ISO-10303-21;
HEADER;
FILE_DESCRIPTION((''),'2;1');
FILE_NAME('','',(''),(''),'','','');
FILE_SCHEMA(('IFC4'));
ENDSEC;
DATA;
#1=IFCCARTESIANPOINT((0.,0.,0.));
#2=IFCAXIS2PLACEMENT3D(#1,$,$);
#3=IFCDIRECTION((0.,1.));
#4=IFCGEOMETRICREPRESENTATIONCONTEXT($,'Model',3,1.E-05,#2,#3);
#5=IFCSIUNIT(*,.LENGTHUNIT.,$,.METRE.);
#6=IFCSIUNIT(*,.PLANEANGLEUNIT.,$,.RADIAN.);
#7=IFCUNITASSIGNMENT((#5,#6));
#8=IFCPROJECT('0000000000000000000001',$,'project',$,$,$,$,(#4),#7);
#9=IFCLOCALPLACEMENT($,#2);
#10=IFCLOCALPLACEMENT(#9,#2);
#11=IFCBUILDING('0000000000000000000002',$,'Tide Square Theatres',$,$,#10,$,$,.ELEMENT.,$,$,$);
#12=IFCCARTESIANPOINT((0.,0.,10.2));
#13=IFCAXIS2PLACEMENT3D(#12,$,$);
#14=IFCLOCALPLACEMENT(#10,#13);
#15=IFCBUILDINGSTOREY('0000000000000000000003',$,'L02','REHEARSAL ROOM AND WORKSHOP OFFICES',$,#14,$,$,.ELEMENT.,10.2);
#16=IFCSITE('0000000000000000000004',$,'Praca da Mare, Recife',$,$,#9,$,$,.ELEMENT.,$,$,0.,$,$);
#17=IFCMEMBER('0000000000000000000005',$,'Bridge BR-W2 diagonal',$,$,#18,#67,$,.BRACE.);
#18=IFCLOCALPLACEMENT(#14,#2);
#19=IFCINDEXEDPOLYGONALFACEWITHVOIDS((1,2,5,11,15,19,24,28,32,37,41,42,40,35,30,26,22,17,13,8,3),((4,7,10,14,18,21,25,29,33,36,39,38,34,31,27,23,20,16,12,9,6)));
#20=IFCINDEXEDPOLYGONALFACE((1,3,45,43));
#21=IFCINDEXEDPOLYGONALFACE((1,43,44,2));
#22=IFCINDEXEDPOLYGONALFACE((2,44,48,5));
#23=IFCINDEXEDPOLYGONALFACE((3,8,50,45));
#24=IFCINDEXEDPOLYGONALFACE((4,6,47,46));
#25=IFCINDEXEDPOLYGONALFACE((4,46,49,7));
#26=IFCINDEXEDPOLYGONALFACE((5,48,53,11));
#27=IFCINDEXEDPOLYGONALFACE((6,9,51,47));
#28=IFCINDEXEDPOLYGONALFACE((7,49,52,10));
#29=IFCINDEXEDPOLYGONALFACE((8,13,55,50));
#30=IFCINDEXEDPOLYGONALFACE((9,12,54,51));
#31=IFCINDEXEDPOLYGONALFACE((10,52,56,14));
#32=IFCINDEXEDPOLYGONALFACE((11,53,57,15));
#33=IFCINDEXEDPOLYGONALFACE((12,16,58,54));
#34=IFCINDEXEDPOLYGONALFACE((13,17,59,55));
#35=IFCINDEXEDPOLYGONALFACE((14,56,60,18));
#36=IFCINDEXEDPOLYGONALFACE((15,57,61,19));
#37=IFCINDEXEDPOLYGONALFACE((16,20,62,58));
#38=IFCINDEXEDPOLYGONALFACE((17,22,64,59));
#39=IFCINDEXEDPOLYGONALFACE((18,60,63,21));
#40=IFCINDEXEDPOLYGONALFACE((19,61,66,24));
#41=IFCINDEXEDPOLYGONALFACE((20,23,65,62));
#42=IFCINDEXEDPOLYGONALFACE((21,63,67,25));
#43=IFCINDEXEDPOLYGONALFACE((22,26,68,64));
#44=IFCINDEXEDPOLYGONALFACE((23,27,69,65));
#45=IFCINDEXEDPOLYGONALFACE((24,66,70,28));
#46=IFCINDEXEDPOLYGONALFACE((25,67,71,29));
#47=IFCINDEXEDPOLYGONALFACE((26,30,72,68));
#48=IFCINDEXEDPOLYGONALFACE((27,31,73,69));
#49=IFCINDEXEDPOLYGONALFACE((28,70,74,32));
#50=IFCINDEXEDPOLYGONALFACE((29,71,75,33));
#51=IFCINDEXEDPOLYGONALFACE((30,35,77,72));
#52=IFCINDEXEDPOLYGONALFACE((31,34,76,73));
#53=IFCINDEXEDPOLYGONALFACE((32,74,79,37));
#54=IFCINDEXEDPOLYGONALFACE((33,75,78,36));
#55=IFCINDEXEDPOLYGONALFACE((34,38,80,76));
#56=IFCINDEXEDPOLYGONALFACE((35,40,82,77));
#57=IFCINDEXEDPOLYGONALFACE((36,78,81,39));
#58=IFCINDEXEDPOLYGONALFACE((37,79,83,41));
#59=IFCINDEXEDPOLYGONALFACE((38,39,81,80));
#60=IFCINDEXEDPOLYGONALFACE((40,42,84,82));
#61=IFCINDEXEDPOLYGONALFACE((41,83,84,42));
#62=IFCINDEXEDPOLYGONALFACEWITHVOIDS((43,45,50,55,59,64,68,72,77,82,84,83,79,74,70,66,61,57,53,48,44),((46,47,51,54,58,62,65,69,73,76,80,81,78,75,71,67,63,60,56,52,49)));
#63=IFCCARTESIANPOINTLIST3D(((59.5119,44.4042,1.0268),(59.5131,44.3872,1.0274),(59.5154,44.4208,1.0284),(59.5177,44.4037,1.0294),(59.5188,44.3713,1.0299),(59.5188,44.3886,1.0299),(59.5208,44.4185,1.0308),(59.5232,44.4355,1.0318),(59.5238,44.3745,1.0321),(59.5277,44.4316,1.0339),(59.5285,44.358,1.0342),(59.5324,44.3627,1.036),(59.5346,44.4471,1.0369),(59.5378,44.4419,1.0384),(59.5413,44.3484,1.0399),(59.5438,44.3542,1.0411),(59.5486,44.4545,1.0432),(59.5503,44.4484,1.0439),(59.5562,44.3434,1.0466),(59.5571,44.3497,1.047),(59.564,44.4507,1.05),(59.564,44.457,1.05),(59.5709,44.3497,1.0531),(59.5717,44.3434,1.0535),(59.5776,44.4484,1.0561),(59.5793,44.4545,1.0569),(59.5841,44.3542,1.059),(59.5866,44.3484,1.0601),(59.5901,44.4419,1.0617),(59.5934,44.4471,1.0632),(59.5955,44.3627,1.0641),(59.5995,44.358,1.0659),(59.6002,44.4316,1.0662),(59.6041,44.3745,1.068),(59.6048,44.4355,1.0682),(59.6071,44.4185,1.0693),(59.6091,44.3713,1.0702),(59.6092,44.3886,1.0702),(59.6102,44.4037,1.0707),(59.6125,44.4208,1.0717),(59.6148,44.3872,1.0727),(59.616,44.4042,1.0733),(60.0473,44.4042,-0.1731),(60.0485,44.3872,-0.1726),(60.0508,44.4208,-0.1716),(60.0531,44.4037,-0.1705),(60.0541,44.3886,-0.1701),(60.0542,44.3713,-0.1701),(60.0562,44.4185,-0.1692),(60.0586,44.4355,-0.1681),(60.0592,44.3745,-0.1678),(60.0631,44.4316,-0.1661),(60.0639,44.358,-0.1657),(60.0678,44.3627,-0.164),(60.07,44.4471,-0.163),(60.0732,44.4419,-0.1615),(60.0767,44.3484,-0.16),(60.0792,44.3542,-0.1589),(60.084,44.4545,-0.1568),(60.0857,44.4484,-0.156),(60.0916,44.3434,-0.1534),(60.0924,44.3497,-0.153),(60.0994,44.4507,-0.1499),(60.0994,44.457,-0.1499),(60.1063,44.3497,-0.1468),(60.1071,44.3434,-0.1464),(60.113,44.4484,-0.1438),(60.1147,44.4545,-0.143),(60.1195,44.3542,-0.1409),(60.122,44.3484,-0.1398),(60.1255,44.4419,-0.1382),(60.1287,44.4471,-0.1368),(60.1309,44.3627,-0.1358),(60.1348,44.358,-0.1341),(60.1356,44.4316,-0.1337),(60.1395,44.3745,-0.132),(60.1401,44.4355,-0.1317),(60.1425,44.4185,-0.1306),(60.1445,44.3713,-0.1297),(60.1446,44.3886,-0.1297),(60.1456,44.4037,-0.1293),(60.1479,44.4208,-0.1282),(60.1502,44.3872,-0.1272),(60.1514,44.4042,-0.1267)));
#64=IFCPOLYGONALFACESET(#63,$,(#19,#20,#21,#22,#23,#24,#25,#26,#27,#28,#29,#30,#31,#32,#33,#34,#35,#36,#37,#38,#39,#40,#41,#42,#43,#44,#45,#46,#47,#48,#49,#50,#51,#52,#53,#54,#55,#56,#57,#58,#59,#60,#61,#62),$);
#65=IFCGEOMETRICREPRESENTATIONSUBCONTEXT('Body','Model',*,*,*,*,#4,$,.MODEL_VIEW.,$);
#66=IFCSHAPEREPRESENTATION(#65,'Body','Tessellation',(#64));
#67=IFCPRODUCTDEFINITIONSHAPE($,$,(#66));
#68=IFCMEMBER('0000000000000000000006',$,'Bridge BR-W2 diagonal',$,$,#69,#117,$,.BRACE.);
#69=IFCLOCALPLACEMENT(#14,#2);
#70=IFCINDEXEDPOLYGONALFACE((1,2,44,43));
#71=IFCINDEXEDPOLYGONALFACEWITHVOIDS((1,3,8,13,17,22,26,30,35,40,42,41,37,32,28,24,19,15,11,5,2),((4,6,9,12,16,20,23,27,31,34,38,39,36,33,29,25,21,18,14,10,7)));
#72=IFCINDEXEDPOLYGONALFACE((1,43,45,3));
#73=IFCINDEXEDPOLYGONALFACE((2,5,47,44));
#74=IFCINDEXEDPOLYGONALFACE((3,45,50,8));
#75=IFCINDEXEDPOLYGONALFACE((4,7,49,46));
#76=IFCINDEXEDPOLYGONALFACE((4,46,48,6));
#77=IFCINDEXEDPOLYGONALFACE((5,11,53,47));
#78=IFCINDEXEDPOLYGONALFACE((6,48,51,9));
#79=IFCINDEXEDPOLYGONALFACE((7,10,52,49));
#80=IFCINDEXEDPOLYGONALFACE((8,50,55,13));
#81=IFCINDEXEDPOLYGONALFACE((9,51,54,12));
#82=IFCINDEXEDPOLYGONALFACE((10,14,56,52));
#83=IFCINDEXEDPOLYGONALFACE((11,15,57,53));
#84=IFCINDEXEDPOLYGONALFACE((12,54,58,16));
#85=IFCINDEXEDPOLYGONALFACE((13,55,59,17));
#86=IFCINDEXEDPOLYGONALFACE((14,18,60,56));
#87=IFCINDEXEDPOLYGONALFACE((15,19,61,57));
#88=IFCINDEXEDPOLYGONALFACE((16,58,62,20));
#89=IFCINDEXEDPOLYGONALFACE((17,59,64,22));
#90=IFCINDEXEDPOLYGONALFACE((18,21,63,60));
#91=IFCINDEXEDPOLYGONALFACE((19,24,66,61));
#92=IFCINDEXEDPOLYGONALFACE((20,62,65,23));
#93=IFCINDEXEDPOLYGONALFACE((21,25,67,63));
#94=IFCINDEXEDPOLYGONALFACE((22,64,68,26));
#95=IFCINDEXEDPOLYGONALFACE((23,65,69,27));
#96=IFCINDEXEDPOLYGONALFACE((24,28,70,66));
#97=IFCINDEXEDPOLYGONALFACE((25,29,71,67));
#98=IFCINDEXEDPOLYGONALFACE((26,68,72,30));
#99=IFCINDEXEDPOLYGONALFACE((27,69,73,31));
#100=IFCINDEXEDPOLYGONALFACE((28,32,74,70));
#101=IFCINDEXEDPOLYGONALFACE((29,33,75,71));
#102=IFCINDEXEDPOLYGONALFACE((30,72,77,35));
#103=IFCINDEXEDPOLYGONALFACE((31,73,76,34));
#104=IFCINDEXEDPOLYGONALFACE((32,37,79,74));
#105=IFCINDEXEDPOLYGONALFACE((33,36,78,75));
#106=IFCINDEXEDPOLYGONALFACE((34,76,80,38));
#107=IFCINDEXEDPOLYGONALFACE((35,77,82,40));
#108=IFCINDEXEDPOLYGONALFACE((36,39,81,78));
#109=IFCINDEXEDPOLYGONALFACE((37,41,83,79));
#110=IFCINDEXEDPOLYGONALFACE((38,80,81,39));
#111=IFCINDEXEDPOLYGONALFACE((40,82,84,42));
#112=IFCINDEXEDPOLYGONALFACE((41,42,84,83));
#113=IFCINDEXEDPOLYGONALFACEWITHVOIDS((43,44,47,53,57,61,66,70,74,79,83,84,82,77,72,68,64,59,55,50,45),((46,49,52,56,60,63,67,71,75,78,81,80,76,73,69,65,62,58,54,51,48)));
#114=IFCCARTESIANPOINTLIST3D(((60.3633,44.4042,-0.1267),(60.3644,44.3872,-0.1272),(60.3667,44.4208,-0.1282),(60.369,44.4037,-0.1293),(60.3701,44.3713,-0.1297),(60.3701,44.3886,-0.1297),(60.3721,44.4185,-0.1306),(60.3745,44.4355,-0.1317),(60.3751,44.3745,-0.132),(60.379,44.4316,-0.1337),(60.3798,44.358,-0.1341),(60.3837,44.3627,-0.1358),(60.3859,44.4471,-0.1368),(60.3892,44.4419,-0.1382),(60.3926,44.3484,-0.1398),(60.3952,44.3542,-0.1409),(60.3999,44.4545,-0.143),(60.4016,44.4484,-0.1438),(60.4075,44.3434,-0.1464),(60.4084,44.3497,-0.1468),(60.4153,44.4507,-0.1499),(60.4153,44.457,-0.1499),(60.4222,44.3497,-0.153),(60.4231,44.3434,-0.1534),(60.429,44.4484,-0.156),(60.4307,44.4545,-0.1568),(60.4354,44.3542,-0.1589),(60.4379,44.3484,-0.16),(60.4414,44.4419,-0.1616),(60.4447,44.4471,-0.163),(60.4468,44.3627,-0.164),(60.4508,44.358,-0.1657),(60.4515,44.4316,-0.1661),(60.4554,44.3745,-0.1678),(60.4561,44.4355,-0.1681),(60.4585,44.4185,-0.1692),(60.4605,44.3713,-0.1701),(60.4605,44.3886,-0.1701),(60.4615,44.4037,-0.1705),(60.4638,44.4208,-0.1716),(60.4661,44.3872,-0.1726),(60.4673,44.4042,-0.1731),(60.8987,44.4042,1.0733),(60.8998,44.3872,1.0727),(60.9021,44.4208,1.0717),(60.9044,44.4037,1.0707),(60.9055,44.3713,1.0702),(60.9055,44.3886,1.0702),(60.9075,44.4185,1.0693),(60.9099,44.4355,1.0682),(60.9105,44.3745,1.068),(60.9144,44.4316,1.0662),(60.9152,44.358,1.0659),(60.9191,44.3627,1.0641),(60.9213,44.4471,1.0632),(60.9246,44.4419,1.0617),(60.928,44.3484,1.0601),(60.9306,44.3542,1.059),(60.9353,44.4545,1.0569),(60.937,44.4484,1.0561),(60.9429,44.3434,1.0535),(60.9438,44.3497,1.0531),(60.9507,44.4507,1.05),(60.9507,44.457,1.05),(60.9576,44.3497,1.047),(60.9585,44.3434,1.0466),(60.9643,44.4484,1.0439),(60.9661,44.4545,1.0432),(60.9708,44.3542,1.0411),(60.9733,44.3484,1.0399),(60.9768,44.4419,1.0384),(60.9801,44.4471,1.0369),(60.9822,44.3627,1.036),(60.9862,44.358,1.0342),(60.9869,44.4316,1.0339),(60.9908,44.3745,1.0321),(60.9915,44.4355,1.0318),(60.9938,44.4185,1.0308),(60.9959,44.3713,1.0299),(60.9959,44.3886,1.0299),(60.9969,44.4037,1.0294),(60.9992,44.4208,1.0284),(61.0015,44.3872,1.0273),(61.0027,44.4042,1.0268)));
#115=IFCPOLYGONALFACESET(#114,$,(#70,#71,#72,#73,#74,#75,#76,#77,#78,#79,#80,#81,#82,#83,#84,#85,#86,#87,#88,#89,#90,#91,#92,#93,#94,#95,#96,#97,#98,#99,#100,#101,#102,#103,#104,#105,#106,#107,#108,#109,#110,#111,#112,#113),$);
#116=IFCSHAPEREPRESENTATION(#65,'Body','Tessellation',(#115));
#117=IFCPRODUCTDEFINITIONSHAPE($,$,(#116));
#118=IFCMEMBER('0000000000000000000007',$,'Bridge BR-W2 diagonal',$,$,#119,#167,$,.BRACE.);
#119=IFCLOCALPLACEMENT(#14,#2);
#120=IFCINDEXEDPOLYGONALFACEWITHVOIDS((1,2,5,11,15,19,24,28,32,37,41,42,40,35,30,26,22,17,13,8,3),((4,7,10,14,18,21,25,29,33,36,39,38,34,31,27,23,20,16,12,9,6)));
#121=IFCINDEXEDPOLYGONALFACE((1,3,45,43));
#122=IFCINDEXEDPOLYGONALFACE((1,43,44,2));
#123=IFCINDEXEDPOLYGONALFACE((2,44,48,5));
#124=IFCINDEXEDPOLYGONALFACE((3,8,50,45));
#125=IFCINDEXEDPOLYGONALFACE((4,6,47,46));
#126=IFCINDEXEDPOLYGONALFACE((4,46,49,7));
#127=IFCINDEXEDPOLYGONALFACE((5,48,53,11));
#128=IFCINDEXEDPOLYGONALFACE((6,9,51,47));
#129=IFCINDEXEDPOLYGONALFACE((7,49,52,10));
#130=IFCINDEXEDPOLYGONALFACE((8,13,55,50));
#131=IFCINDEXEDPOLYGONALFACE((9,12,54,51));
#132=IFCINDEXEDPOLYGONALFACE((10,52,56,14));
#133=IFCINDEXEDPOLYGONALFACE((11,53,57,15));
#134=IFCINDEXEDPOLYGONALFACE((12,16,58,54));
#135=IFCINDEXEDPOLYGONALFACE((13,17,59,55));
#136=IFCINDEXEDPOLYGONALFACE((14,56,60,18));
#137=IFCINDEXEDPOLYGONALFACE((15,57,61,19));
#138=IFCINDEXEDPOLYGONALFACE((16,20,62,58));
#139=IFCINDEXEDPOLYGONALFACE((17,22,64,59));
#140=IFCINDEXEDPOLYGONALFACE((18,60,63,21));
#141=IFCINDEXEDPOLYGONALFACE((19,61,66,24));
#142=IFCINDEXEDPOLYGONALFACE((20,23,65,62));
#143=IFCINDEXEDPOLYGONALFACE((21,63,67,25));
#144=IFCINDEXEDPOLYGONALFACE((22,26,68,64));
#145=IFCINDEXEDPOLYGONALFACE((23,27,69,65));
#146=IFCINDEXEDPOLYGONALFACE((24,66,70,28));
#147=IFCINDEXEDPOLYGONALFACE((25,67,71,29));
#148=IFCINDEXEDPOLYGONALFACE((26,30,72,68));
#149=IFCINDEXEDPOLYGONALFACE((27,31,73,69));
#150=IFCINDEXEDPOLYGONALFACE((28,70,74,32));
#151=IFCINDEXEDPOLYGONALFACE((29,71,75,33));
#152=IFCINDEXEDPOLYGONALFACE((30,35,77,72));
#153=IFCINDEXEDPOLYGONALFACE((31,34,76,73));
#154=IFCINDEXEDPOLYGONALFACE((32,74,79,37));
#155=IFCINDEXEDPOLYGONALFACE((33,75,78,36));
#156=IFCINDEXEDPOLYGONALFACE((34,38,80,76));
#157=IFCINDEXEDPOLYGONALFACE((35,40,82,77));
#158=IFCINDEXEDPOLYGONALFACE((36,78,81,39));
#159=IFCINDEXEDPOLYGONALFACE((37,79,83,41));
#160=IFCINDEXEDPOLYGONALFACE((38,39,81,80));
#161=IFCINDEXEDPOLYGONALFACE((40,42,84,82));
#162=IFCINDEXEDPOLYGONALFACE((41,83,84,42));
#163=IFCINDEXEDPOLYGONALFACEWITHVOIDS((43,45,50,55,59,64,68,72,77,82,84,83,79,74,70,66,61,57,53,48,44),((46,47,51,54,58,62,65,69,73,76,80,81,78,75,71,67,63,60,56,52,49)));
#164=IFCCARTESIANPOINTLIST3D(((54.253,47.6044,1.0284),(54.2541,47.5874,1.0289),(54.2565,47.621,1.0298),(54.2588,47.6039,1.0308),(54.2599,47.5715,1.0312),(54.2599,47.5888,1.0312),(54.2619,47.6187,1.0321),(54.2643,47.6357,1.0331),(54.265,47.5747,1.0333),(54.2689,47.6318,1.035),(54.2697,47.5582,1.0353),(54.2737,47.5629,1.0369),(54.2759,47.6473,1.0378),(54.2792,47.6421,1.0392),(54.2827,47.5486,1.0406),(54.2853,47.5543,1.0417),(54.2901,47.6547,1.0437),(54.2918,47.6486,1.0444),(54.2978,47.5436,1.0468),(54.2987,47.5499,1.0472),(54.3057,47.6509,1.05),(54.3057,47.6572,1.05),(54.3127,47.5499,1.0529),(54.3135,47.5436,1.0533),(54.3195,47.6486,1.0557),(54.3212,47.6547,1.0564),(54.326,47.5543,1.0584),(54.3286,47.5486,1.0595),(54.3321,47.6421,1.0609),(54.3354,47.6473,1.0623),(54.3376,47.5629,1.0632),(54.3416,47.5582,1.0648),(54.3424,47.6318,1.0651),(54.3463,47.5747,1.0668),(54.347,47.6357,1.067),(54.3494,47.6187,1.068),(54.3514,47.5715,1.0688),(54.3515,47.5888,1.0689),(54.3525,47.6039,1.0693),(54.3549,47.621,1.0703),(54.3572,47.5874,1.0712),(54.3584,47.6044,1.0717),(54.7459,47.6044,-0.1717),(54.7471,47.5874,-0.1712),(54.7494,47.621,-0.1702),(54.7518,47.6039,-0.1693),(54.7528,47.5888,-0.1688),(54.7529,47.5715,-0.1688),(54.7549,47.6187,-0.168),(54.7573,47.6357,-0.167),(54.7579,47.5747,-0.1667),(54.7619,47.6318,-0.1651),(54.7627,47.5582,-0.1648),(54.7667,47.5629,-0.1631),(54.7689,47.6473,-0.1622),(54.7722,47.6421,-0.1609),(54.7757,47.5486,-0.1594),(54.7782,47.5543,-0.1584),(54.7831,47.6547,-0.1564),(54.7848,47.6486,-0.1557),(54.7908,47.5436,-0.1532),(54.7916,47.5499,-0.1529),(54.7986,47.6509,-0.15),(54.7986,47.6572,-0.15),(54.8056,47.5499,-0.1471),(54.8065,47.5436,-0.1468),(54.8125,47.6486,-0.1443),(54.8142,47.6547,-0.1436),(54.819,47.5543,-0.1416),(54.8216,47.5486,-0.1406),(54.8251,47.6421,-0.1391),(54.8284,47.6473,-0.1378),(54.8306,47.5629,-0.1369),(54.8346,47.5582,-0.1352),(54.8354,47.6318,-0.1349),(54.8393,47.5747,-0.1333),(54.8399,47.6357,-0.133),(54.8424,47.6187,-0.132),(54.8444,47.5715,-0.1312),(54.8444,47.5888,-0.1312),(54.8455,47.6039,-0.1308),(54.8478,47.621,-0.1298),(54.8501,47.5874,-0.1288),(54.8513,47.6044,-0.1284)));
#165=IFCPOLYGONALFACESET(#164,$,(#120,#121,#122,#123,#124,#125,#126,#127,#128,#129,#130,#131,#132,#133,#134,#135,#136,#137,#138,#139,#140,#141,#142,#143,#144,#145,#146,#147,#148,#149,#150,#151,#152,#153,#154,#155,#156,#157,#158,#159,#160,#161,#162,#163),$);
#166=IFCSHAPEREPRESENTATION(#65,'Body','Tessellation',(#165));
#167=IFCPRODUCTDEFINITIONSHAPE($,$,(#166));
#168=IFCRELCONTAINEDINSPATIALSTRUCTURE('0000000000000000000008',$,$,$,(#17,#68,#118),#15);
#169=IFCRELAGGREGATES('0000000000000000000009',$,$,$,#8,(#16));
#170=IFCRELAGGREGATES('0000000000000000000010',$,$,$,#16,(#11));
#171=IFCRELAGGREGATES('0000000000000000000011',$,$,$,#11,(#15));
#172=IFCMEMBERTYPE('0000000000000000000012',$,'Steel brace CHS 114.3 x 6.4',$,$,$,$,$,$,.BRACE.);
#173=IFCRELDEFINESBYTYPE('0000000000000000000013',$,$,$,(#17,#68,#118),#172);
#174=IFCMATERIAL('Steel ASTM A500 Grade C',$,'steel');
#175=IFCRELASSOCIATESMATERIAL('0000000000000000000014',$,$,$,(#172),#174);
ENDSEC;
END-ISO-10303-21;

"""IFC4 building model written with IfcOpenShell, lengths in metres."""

from ifc_helpers import new_model, si_unit, direction, frame, origin, origin_2d, place, context, subcontext, project, spatial, hollow_circle, extrude, material, material_profile, profile_set, type_object, element, save


model = new_model("IFC4")

# Units and contexts
model_context = context("Model", 3, precision=1e-05, world=origin(), true_north=direction((0.0, 1.0)))
body_context = subcontext(model_context, "Body", "Model", "MODEL_VIEW")
ifc_project = project(units=[si_unit("LENGTHUNIT", "METRE"), si_unit("PLANEANGLEUNIT", "RADIAN")], contexts=[model_context])

# Site, building, storey
site_placement = place(None, origin())
site = spatial("IfcSite", under=ifc_project, at=site_placement, Name="Praca da Mare, Recife", CompositionType="ELEMENT", RefElevation=0.0)
building_placement = place(site_placement, origin())
building = spatial("IfcBuilding", under=site, at=building_placement, Name="Tide Square Theatres", CompositionType="ELEMENT")
storey_placement = place(building_placement, frame((0.0, 0.0, 10.2)))
storey = spatial("IfcBuildingStorey", under=building, at=storey_placement, Name="L02", Description="REHEARSAL ROOM AND WORKSHOP OFFICES", CompositionType="ELEMENT", Elevation=10.2)

# Members
ifc_material_1 = material(Name="Steel ASTM A500 Grade C", Category="steel")
ifc_material_profile_1 = material_profile(ifc_material_1, hollow_circle(Radius=0.0571, WallThickness=0.0063, at=origin_2d()))
ifc_profile_set_1 = profile_set([ifc_material_profile_1], Name="Steel ASTM A500 Grade C")
member_type_1 = type_object("IfcMemberType", Name="Steel brace CHS 114.3 x 6.4", PredefinedType="BRACE", material=ifc_profile_set_1)
for number, where, z_axis, x_axis, name in (
    (1, (59.564, 44.3999, 1.05), (0.407465, 0.0, -0.913221), (0.0, 1.0, 0.0), "Bridge BR-W2 diagonal"),
    (2, (60.4153, 44.3999, -0.1499), (0.407465, 0.0, 0.913221), (0.0, 1.0, 0.0), "Bridge BR-W2 diagonal"),
):
    element("IfcMember", number, at=place(storey_placement, frame(where, z_axis=z_axis, x_axis=x_axis)), inside=storey, type_object=member_type_1, Name=name, PredefinedType="BRACE", context=body_context, shape_type="SweptSolid", body=[
        extrude(hollow_circle(Radius=0.0571, WallThickness=0.0063, at=origin_2d()), origin(), (0.0, 0.0, 1.0), 1.314),
    ])
for number, where, z_axis, x_axis, name in (
    (3, (54.3057, 47.6001, 1.05), (0.379973, 0.0, -0.924997), (0.0, 1.0, 0.0), "Bridge BR-W2 diagonal"),
):
    element("IfcMember", number, at=place(storey_placement, frame(where, z_axis=z_axis, x_axis=x_axis)), inside=storey, type_object=member_type_1, Name=name, PredefinedType="BRACE", context=body_context, shape_type="SweptSolid", body=[
        extrude(hollow_circle(Radius=0.0571, WallThickness=0.0063, at=origin_2d()), origin(), (0.0, 0.0, 1.0), 1.2974),
    ])

save(model, "model.ifc")
